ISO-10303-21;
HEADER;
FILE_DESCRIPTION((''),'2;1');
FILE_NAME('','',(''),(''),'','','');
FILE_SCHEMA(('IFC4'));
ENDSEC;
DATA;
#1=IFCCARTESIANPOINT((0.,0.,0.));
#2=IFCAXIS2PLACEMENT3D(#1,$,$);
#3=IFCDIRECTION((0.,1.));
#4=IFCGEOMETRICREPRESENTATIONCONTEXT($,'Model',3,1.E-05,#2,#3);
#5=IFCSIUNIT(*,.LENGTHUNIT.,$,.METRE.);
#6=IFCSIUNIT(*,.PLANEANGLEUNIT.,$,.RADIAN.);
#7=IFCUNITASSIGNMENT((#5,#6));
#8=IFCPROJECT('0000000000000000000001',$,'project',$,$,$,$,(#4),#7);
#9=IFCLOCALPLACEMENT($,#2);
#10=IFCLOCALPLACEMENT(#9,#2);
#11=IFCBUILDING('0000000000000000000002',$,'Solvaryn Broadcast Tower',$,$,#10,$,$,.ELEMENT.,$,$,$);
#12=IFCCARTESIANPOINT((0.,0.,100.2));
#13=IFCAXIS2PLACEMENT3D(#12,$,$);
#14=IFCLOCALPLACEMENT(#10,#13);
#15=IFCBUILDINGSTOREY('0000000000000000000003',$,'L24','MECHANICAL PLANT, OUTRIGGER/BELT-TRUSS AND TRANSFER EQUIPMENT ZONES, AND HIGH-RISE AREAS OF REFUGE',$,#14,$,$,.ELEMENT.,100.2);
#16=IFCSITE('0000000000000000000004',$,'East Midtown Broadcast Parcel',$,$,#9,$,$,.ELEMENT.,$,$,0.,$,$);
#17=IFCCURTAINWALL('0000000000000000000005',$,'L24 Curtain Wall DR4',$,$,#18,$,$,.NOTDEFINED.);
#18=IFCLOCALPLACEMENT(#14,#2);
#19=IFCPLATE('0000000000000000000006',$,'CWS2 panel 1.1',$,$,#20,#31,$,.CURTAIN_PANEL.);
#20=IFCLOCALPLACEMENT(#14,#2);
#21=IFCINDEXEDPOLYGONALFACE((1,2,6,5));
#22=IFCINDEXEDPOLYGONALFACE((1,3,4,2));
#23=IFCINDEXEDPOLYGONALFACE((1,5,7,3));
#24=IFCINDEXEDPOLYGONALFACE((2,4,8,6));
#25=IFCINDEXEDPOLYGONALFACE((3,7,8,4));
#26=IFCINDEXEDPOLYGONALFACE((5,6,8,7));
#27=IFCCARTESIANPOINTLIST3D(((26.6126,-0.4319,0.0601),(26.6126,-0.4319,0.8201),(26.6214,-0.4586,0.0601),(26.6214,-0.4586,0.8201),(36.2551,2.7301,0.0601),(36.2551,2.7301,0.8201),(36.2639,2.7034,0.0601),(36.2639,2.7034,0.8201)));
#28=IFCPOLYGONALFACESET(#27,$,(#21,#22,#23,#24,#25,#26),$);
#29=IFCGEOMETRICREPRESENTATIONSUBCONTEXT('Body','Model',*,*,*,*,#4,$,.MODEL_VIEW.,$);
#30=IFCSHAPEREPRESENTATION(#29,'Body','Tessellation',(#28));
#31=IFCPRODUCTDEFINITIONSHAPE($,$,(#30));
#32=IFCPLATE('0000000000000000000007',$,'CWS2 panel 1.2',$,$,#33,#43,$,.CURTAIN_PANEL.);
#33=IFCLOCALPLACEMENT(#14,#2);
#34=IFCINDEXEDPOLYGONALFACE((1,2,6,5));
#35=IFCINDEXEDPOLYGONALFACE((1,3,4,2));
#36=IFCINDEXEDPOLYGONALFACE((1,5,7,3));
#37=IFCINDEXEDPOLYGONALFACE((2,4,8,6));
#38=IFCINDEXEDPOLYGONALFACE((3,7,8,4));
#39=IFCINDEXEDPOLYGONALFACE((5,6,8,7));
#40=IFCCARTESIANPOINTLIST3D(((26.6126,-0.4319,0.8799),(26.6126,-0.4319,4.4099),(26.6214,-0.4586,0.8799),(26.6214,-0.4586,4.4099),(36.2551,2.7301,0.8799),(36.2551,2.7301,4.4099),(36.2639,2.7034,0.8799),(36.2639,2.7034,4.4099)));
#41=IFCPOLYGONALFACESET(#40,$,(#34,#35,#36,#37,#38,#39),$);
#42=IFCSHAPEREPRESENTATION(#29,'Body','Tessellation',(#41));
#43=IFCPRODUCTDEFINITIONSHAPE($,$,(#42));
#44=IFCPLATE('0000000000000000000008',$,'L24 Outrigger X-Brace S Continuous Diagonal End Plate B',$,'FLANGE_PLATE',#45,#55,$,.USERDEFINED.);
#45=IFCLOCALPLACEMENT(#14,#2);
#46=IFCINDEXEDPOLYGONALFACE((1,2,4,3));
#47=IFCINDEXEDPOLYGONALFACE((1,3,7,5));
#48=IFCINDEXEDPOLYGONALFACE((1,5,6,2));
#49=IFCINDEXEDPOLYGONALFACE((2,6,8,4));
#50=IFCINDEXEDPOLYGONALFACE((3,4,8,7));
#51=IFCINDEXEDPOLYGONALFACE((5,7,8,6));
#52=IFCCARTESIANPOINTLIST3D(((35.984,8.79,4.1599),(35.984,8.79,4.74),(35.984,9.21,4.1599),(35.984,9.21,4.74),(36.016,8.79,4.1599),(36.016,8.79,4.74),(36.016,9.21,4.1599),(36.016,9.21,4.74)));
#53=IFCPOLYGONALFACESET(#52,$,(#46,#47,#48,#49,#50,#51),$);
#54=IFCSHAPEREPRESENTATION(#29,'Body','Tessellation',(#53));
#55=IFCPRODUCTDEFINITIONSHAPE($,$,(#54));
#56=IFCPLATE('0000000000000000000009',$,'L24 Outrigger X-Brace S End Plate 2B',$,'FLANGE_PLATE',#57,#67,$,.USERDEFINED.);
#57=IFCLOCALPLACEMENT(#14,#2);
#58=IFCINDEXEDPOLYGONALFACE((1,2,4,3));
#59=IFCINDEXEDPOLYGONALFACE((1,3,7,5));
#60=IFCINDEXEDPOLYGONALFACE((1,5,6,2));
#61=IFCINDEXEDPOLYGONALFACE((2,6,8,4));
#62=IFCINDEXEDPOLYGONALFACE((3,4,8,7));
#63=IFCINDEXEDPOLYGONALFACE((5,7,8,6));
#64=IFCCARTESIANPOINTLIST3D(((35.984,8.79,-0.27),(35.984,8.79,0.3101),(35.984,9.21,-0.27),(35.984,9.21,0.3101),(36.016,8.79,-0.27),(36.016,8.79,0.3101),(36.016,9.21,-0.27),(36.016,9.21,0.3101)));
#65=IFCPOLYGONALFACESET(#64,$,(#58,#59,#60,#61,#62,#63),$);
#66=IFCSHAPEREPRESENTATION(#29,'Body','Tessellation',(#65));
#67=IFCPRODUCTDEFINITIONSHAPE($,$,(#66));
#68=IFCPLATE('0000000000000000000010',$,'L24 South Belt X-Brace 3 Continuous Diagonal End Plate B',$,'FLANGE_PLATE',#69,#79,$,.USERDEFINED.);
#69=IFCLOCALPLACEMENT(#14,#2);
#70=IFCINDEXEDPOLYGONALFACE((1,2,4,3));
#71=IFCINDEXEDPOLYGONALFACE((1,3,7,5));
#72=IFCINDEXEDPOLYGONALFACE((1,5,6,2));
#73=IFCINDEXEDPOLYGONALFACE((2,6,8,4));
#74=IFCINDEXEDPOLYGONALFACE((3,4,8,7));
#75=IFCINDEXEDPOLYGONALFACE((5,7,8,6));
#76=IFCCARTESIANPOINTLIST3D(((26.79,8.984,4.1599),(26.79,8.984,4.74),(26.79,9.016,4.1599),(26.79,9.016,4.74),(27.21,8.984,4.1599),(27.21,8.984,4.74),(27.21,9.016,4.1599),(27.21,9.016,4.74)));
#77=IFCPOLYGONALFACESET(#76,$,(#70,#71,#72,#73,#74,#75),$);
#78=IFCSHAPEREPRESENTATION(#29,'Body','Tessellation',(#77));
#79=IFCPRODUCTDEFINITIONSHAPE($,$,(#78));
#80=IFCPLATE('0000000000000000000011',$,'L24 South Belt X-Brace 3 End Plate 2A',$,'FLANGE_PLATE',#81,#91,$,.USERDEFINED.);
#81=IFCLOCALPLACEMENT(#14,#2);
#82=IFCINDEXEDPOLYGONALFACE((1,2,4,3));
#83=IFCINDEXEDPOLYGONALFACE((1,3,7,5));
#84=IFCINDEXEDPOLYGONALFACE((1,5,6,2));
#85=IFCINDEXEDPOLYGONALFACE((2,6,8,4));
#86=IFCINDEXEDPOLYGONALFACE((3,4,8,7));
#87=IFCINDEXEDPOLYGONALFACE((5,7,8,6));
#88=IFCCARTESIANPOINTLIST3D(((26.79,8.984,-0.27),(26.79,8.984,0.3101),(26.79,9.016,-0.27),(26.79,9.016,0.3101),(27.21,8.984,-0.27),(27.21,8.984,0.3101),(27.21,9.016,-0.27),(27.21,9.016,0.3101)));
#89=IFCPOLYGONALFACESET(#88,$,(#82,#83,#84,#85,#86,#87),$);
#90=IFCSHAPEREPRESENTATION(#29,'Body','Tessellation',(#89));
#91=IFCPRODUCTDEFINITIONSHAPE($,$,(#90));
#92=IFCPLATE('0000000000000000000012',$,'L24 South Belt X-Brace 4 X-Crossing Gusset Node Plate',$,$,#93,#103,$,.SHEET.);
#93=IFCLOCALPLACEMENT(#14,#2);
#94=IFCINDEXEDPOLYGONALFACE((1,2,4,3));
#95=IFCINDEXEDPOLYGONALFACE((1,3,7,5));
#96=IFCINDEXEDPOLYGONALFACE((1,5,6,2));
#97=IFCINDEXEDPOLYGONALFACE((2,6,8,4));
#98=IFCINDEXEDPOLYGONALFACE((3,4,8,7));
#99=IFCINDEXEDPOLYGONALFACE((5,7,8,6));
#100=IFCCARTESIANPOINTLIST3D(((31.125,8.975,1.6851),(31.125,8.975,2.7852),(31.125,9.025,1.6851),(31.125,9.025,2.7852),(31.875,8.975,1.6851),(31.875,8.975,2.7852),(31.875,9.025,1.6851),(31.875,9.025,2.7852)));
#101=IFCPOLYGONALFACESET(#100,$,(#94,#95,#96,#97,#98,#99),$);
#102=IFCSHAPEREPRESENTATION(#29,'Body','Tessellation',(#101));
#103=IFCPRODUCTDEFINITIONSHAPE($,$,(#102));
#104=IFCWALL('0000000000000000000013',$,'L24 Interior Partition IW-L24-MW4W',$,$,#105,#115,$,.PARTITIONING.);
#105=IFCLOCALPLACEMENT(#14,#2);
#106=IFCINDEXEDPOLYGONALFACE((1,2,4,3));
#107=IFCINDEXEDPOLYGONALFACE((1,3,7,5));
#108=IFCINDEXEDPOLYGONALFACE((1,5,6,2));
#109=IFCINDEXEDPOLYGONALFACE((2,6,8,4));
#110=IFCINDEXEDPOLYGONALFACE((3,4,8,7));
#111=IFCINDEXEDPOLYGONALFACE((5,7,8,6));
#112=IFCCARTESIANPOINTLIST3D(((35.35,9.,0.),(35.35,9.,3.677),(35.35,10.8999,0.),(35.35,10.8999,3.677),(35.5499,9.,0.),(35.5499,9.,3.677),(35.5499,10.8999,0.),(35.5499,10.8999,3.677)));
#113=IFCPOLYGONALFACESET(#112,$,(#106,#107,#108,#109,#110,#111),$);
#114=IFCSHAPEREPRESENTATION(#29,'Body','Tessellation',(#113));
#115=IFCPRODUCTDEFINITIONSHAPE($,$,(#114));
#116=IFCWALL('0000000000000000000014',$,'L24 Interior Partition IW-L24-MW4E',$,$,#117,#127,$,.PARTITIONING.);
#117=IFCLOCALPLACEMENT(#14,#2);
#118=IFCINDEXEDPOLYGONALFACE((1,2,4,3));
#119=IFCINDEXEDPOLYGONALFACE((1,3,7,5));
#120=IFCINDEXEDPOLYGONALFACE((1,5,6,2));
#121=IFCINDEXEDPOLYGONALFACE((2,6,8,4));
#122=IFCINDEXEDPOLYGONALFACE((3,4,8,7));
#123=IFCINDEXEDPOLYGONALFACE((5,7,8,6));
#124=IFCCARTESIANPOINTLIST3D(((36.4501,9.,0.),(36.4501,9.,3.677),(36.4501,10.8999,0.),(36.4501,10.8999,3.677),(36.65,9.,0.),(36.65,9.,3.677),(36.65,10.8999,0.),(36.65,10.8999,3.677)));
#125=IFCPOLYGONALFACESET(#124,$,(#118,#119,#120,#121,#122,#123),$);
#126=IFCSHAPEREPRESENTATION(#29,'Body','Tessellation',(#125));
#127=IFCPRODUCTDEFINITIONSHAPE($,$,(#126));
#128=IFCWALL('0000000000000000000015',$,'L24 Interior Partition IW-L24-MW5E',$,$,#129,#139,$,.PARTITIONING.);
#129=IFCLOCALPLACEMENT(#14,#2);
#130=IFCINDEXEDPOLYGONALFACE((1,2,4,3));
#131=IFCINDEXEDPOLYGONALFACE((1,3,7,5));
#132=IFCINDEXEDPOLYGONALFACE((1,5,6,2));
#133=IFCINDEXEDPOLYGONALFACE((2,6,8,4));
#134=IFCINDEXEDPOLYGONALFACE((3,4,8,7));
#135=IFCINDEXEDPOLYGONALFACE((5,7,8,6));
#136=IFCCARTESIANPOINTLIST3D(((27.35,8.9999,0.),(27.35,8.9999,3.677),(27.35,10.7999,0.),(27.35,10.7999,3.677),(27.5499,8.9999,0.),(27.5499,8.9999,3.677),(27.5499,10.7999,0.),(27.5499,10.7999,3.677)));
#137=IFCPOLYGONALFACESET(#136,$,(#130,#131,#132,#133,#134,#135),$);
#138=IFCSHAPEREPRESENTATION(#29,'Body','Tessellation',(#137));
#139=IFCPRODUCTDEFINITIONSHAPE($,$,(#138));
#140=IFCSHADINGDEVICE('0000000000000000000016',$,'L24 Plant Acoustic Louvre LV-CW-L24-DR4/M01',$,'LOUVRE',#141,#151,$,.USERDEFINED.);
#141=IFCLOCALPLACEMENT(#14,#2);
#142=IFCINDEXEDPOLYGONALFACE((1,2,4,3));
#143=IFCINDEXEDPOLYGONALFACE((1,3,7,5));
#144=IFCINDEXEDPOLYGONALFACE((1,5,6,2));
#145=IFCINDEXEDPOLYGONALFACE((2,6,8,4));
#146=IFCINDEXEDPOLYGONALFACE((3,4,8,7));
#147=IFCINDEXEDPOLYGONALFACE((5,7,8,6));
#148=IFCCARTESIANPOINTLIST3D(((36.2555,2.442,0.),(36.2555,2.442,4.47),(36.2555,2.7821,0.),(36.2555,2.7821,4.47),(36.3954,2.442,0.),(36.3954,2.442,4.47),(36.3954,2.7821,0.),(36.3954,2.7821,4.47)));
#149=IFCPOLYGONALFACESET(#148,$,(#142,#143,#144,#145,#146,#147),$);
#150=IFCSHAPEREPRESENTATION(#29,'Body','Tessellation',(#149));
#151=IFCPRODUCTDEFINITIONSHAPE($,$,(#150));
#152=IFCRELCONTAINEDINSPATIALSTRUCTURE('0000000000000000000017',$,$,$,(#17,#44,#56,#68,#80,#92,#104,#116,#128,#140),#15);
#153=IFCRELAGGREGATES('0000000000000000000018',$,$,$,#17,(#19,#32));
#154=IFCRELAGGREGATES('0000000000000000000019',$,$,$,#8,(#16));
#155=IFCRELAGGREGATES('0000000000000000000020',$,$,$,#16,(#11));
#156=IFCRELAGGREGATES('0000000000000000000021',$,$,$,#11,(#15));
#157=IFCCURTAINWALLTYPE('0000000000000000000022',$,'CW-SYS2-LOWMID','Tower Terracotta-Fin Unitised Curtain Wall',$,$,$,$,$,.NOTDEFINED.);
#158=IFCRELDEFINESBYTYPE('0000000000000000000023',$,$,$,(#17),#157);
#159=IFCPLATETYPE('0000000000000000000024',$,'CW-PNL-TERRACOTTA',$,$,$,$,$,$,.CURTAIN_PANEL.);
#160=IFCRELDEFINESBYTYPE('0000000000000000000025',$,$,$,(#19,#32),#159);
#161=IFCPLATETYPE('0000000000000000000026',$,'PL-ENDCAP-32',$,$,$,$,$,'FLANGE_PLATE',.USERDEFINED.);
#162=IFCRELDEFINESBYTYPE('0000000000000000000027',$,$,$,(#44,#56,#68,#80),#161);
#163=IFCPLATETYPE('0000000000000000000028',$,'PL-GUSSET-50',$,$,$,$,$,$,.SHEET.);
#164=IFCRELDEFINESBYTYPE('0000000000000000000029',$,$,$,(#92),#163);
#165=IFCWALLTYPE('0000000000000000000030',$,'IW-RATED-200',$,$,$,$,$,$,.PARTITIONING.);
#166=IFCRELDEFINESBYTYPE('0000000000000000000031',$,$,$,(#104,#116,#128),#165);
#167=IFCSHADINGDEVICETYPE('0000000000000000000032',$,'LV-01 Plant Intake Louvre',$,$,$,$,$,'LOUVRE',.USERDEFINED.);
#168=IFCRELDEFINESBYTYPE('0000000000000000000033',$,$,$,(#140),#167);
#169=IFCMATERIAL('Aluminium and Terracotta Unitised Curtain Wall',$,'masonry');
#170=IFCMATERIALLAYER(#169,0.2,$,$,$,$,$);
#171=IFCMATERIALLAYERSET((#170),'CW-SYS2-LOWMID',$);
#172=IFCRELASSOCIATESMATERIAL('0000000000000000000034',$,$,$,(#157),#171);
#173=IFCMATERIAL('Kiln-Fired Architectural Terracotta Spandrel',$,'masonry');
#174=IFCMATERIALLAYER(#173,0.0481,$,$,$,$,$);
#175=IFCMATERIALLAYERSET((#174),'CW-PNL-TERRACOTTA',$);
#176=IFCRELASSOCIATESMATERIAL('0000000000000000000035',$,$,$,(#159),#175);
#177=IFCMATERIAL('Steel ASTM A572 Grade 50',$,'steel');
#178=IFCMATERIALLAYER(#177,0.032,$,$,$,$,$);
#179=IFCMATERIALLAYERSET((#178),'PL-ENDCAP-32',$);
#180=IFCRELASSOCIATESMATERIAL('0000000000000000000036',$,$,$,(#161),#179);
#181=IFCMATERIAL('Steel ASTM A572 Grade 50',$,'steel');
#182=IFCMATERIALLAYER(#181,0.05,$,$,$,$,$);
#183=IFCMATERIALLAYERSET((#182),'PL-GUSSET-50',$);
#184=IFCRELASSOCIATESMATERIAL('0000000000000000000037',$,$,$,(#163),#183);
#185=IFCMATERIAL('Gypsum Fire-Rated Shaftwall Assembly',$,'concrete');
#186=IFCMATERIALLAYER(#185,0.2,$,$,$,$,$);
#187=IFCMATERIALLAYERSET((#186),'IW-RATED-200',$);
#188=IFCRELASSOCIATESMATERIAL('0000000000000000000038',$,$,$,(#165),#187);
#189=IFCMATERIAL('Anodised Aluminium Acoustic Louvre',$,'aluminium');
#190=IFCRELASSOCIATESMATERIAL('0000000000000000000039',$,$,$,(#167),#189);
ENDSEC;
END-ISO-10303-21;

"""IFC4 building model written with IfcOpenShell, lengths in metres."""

from ifc_helpers import new_model, si_unit, direction, frame, frame_2d, origin, origin_2d, place, context, subcontext, project, spatial, rectangle, extrude, material, layer, layer_set, type_object, element, aggregate, save


model = new_model("IFC4")

# Units and contexts
model_context = context("Model", 3, precision=1e-05, world=origin(), true_north=direction((0.0, 1.0)))
body_context = subcontext(model_context, "Body", "Model", "MODEL_VIEW")
ifc_project = project(units=[si_unit("LENGTHUNIT", "METRE"), si_unit("PLANEANGLEUNIT", "RADIAN")], contexts=[model_context])

# Site, building, storey
site_placement = place(None, origin())
site = spatial("IfcSite", under=ifc_project, at=site_placement, Name="East Midtown Broadcast Parcel", CompositionType="ELEMENT", RefElevation=0.0)
building_placement = place(site_placement, origin())
building = spatial("IfcBuilding", under=site, at=building_placement, Name="Solvaryn Broadcast Tower", CompositionType="ELEMENT")
storey_placement = place(building_placement, frame((0.0, 0.0, 100.2)))
storey = spatial("IfcBuildingStorey", under=building, at=storey_placement, Name="L24", Description="MECHANICAL PLANT, OUTRIGGER/BELT-TRUSS AND TRANSFER EQUIPMENT ZONES, AND HIGH-RISE AREAS OF REFUGE", CompositionType="ELEMENT", Elevation=100.2)

# Curtain wall
ifc_material_1 = material(Name="Aluminium and Terracotta Unitised Curtain Wall", Category="masonry")
ifc_layer_1 = layer(ifc_material_1, 0.2)
ifc_layer_set_1 = layer_set([ifc_layer_1], Name="CW-SYS2-LOWMID")
curtain_wall_type = type_object("IfcCurtainWallType", Name="CW-SYS2-LOWMID", Description="Tower Terracotta-Fin Unitised Curtain Wall", PredefinedType="NOTDEFINED", material=ifc_layer_set_1)
curtain_wall_placement = place(storey_placement, origin())
curtain_wall = element("IfcCurtainWall", 1, at=curtain_wall_placement, inside=storey, type_object=curtain_wall_type, Name="L24 Curtain Wall DR4", PredefinedType="NOTDEFINED")

# Plates
ifc_material_2 = material(Name="Kiln-Fired Architectural Terracotta Spandrel", Category="masonry")
ifc_layer_2 = layer(ifc_material_2, 0.0481)
ifc_layer_set_2 = layer_set([ifc_layer_2], Name="CW-PNL-TERRACOTTA")
plate_type_1 = type_object("IfcPlateType", Name="CW-PNL-TERRACOTTA", PredefinedType="CURTAIN_PANEL", material=ifc_layer_set_2)
plate_1_placement = place(storey_placement, frame((31.4382, 1.1357, 0.0601), z_axis=(0.0, 0.0, 1.0), x_axis=(0.950215, 0.311594, 0.0)))
plate_1 = element("IfcPlate", 2, at=plate_1_placement, type_object=plate_type_1, Name="CWS2 panel 1.1", PredefinedType="CURTAIN_PANEL", context=body_context, shape_type="SweptSolid", body=[
    extrude(rectangle(XDim=10.1477, YDim=0.0281, at=origin_2d()), origin(), (0.0, 0.0, 1.0), 0.76),
])
plate_2_placement = place(storey_placement, frame((31.4382, 1.1357, 0.8799), z_axis=(0.0, 0.0, 1.0), x_axis=(0.950215, 0.311594, 0.0)))
plate_2 = element("IfcPlate", 3, at=plate_2_placement, type_object=plate_type_1, Name="CWS2 panel 1.2", PredefinedType="CURTAIN_PANEL", context=body_context, shape_type="SweptSolid", body=[
    extrude(rectangle(XDim=10.1477, YDim=0.0281, at=origin_2d()), origin(), (0.0, 0.0, 1.0), 3.53),
])
aggregate(curtain_wall, [plate_1, plate_2])

# Plates
ifc_material_3 = material(Name="Steel ASTM A572 Grade 50", Category="steel")
ifc_layer_3 = layer(ifc_material_3, 0.032)
ifc_layer_set_3 = layer_set([ifc_layer_3], Name="PL-ENDCAP-32")
plate_type_2 = type_object("IfcPlateType", Name="PL-ENDCAP-32", ElementType="FLANGE_PLATE", PredefinedType="USERDEFINED", material=ifc_layer_set_3)
for number, where, z_axis, x_axis, name in (
    (4, (36.0, 9.0, 4.1599), (0.0, 0.0, 1.0), (1.0, 0.0, 0.0), "L24 Outrigger X-Brace S Continuous Diagonal End Plate B"),
    (5, (36.0, 9.0, -0.27), (0.0, 0.0, 1.0), (1.0, 0.0, 0.0), "L24 Outrigger X-Brace S End Plate 2B"),
):
    element("IfcPlate", number, at=place(storey_placement, frame(where, z_axis=z_axis, x_axis=x_axis)), inside=storey, type_object=plate_type_2, Name=name, ObjectType="FLANGE_PLATE", PredefinedType="USERDEFINED", context=body_context, shape_type="SweptSolid", body=[
        extrude(rectangle(XDim=0.032, YDim=0.4199, at=origin_2d()), origin(), (0.0, 0.0, 1.0), 0.5801),
    ])
for number, where, z_axis, x_axis, name in (
    (6, (27.0, 9.0, 4.1599), (0.0, 0.0, 1.0), (1.0, 0.0, 0.0), "L24 South Belt X-Brace 3 Continuous Diagonal End Plate B"),
    (7, (27.0, 9.0, -0.27), (0.0, 0.0, 1.0), (1.0, 0.0, 0.0), "L24 South Belt X-Brace 3 End Plate 2A"),
):
    element("IfcPlate", number, at=place(storey_placement, frame(where, z_axis=z_axis, x_axis=x_axis)), inside=storey, type_object=plate_type_2, Name=name, ObjectType="FLANGE_PLATE", PredefinedType="USERDEFINED", context=body_context, shape_type="SweptSolid", body=[
        extrude(rectangle(XDim=0.4199, YDim=0.032, at=origin_2d()), origin(), (0.0, 0.0, 1.0), 0.5801),
    ])
ifc_material_4 = material(Name="Steel ASTM A572 Grade 50", Category="steel")
ifc_layer_4 = layer(ifc_material_4, 0.05)
ifc_layer_set_4 = layer_set([ifc_layer_4], Name="PL-GUSSET-50")
plate_type_3 = type_object("IfcPlateType", Name="PL-GUSSET-50", PredefinedType="SHEET", material=ifc_layer_set_4)
plate_3_placement = place(storey_placement, frame((31.5, 9.0, 1.6851), z_axis=(0.0, 0.0, 1.0), x_axis=(1.0, 0.0, 0.0)))
element("IfcPlate", 8, at=plate_3_placement, inside=storey, type_object=plate_type_3, Name="L24 South Belt X-Brace 4 X-Crossing Gusset Node Plate", PredefinedType="SHEET", context=body_context, shape_type="SweptSolid", body=[
    extrude(rectangle(XDim=0.75, YDim=0.05, at=origin_2d()), origin(), (0.0, 0.0, 1.0), 1.1001),
])

# Walls
ifc_material_5 = material(Name="Gypsum Fire-Rated Shaftwall Assembly", Category="concrete")
ifc_layer_5 = layer(ifc_material_5, 0.2)
ifc_layer_set_5 = layer_set([ifc_layer_5], Name="IW-RATED-200")
wall_type = type_object("IfcWallType", Name="IW-RATED-200", PredefinedType="PARTITIONING", material=ifc_layer_set_5)
for number, where, z_axis, x_axis, name in (
    (9, (35.45, 9.0, 0.0), (0.0, 0.0, 1.0), (0.0, 1.0, 0.0), "L24 Interior Partition IW-L24-MW4W"),
    (10, (36.55, 9.0, 0.0), (0.0, 0.0, 1.0), (0.0, 1.0, 0.0), "L24 Interior Partition IW-L24-MW4E"),
):
    element("IfcWall", number, at=place(storey_placement, frame(where, z_axis=z_axis, x_axis=x_axis)), inside=storey, type_object=wall_type, Name=name, PredefinedType="PARTITIONING", context=body_context, shape_type="SweptSolid", body=[
        extrude(rectangle(XDim=1.8999, YDim=0.2, at=frame_2d((0.95, 0.0))), origin(), (0.0, 0.0, 1.0), 3.677),
    ])
wall_placement = place(storey_placement, frame((27.45, 9.0, 0.0), z_axis=(0.0, 0.0, 1.0), x_axis=(0.0, 1.0, 0.0)))
element("IfcWall", 11, at=wall_placement, inside=storey, type_object=wall_type, Name="L24 Interior Partition IW-L24-MW5E", PredefinedType="PARTITIONING", context=body_context, shape_type="SweptSolid", body=[
    extrude(rectangle(XDim=1.8, YDim=0.2, at=frame_2d((0.8999, 0.0))), origin(), (0.0, 0.0, 1.0), 3.677),
])

# Shading device
ifc_material_6 = material(Name="Anodised Aluminium Acoustic Louvre", Category="aluminium")
shading_device_type = type_object("IfcShadingDeviceType", Name="LV-01 Plant Intake Louvre", ElementType="LOUVRE", PredefinedType="USERDEFINED", material=ifc_material_6)
shading_device_placement = place(storey_placement, frame((36.3254, 2.6121, 0.0), z_axis=(0.0, 0.0, 1.0), x_axis=(1.0, 0.0, 0.0)))
element("IfcShadingDevice", 12, at=shading_device_placement, inside=storey, type_object=shading_device_type, Name="L24 Plant Acoustic Louvre LV-CW-L24-DR4/M01", ObjectType="LOUVRE", PredefinedType="USERDEFINED", context=body_context, shape_type="SweptSolid", body=[
    extrude(rectangle(XDim=0.1399, YDim=0.3401, at=origin_2d()), origin(), (0.0, 0.0, 1.0), 4.47),
])

save(model, "model.ifc")
